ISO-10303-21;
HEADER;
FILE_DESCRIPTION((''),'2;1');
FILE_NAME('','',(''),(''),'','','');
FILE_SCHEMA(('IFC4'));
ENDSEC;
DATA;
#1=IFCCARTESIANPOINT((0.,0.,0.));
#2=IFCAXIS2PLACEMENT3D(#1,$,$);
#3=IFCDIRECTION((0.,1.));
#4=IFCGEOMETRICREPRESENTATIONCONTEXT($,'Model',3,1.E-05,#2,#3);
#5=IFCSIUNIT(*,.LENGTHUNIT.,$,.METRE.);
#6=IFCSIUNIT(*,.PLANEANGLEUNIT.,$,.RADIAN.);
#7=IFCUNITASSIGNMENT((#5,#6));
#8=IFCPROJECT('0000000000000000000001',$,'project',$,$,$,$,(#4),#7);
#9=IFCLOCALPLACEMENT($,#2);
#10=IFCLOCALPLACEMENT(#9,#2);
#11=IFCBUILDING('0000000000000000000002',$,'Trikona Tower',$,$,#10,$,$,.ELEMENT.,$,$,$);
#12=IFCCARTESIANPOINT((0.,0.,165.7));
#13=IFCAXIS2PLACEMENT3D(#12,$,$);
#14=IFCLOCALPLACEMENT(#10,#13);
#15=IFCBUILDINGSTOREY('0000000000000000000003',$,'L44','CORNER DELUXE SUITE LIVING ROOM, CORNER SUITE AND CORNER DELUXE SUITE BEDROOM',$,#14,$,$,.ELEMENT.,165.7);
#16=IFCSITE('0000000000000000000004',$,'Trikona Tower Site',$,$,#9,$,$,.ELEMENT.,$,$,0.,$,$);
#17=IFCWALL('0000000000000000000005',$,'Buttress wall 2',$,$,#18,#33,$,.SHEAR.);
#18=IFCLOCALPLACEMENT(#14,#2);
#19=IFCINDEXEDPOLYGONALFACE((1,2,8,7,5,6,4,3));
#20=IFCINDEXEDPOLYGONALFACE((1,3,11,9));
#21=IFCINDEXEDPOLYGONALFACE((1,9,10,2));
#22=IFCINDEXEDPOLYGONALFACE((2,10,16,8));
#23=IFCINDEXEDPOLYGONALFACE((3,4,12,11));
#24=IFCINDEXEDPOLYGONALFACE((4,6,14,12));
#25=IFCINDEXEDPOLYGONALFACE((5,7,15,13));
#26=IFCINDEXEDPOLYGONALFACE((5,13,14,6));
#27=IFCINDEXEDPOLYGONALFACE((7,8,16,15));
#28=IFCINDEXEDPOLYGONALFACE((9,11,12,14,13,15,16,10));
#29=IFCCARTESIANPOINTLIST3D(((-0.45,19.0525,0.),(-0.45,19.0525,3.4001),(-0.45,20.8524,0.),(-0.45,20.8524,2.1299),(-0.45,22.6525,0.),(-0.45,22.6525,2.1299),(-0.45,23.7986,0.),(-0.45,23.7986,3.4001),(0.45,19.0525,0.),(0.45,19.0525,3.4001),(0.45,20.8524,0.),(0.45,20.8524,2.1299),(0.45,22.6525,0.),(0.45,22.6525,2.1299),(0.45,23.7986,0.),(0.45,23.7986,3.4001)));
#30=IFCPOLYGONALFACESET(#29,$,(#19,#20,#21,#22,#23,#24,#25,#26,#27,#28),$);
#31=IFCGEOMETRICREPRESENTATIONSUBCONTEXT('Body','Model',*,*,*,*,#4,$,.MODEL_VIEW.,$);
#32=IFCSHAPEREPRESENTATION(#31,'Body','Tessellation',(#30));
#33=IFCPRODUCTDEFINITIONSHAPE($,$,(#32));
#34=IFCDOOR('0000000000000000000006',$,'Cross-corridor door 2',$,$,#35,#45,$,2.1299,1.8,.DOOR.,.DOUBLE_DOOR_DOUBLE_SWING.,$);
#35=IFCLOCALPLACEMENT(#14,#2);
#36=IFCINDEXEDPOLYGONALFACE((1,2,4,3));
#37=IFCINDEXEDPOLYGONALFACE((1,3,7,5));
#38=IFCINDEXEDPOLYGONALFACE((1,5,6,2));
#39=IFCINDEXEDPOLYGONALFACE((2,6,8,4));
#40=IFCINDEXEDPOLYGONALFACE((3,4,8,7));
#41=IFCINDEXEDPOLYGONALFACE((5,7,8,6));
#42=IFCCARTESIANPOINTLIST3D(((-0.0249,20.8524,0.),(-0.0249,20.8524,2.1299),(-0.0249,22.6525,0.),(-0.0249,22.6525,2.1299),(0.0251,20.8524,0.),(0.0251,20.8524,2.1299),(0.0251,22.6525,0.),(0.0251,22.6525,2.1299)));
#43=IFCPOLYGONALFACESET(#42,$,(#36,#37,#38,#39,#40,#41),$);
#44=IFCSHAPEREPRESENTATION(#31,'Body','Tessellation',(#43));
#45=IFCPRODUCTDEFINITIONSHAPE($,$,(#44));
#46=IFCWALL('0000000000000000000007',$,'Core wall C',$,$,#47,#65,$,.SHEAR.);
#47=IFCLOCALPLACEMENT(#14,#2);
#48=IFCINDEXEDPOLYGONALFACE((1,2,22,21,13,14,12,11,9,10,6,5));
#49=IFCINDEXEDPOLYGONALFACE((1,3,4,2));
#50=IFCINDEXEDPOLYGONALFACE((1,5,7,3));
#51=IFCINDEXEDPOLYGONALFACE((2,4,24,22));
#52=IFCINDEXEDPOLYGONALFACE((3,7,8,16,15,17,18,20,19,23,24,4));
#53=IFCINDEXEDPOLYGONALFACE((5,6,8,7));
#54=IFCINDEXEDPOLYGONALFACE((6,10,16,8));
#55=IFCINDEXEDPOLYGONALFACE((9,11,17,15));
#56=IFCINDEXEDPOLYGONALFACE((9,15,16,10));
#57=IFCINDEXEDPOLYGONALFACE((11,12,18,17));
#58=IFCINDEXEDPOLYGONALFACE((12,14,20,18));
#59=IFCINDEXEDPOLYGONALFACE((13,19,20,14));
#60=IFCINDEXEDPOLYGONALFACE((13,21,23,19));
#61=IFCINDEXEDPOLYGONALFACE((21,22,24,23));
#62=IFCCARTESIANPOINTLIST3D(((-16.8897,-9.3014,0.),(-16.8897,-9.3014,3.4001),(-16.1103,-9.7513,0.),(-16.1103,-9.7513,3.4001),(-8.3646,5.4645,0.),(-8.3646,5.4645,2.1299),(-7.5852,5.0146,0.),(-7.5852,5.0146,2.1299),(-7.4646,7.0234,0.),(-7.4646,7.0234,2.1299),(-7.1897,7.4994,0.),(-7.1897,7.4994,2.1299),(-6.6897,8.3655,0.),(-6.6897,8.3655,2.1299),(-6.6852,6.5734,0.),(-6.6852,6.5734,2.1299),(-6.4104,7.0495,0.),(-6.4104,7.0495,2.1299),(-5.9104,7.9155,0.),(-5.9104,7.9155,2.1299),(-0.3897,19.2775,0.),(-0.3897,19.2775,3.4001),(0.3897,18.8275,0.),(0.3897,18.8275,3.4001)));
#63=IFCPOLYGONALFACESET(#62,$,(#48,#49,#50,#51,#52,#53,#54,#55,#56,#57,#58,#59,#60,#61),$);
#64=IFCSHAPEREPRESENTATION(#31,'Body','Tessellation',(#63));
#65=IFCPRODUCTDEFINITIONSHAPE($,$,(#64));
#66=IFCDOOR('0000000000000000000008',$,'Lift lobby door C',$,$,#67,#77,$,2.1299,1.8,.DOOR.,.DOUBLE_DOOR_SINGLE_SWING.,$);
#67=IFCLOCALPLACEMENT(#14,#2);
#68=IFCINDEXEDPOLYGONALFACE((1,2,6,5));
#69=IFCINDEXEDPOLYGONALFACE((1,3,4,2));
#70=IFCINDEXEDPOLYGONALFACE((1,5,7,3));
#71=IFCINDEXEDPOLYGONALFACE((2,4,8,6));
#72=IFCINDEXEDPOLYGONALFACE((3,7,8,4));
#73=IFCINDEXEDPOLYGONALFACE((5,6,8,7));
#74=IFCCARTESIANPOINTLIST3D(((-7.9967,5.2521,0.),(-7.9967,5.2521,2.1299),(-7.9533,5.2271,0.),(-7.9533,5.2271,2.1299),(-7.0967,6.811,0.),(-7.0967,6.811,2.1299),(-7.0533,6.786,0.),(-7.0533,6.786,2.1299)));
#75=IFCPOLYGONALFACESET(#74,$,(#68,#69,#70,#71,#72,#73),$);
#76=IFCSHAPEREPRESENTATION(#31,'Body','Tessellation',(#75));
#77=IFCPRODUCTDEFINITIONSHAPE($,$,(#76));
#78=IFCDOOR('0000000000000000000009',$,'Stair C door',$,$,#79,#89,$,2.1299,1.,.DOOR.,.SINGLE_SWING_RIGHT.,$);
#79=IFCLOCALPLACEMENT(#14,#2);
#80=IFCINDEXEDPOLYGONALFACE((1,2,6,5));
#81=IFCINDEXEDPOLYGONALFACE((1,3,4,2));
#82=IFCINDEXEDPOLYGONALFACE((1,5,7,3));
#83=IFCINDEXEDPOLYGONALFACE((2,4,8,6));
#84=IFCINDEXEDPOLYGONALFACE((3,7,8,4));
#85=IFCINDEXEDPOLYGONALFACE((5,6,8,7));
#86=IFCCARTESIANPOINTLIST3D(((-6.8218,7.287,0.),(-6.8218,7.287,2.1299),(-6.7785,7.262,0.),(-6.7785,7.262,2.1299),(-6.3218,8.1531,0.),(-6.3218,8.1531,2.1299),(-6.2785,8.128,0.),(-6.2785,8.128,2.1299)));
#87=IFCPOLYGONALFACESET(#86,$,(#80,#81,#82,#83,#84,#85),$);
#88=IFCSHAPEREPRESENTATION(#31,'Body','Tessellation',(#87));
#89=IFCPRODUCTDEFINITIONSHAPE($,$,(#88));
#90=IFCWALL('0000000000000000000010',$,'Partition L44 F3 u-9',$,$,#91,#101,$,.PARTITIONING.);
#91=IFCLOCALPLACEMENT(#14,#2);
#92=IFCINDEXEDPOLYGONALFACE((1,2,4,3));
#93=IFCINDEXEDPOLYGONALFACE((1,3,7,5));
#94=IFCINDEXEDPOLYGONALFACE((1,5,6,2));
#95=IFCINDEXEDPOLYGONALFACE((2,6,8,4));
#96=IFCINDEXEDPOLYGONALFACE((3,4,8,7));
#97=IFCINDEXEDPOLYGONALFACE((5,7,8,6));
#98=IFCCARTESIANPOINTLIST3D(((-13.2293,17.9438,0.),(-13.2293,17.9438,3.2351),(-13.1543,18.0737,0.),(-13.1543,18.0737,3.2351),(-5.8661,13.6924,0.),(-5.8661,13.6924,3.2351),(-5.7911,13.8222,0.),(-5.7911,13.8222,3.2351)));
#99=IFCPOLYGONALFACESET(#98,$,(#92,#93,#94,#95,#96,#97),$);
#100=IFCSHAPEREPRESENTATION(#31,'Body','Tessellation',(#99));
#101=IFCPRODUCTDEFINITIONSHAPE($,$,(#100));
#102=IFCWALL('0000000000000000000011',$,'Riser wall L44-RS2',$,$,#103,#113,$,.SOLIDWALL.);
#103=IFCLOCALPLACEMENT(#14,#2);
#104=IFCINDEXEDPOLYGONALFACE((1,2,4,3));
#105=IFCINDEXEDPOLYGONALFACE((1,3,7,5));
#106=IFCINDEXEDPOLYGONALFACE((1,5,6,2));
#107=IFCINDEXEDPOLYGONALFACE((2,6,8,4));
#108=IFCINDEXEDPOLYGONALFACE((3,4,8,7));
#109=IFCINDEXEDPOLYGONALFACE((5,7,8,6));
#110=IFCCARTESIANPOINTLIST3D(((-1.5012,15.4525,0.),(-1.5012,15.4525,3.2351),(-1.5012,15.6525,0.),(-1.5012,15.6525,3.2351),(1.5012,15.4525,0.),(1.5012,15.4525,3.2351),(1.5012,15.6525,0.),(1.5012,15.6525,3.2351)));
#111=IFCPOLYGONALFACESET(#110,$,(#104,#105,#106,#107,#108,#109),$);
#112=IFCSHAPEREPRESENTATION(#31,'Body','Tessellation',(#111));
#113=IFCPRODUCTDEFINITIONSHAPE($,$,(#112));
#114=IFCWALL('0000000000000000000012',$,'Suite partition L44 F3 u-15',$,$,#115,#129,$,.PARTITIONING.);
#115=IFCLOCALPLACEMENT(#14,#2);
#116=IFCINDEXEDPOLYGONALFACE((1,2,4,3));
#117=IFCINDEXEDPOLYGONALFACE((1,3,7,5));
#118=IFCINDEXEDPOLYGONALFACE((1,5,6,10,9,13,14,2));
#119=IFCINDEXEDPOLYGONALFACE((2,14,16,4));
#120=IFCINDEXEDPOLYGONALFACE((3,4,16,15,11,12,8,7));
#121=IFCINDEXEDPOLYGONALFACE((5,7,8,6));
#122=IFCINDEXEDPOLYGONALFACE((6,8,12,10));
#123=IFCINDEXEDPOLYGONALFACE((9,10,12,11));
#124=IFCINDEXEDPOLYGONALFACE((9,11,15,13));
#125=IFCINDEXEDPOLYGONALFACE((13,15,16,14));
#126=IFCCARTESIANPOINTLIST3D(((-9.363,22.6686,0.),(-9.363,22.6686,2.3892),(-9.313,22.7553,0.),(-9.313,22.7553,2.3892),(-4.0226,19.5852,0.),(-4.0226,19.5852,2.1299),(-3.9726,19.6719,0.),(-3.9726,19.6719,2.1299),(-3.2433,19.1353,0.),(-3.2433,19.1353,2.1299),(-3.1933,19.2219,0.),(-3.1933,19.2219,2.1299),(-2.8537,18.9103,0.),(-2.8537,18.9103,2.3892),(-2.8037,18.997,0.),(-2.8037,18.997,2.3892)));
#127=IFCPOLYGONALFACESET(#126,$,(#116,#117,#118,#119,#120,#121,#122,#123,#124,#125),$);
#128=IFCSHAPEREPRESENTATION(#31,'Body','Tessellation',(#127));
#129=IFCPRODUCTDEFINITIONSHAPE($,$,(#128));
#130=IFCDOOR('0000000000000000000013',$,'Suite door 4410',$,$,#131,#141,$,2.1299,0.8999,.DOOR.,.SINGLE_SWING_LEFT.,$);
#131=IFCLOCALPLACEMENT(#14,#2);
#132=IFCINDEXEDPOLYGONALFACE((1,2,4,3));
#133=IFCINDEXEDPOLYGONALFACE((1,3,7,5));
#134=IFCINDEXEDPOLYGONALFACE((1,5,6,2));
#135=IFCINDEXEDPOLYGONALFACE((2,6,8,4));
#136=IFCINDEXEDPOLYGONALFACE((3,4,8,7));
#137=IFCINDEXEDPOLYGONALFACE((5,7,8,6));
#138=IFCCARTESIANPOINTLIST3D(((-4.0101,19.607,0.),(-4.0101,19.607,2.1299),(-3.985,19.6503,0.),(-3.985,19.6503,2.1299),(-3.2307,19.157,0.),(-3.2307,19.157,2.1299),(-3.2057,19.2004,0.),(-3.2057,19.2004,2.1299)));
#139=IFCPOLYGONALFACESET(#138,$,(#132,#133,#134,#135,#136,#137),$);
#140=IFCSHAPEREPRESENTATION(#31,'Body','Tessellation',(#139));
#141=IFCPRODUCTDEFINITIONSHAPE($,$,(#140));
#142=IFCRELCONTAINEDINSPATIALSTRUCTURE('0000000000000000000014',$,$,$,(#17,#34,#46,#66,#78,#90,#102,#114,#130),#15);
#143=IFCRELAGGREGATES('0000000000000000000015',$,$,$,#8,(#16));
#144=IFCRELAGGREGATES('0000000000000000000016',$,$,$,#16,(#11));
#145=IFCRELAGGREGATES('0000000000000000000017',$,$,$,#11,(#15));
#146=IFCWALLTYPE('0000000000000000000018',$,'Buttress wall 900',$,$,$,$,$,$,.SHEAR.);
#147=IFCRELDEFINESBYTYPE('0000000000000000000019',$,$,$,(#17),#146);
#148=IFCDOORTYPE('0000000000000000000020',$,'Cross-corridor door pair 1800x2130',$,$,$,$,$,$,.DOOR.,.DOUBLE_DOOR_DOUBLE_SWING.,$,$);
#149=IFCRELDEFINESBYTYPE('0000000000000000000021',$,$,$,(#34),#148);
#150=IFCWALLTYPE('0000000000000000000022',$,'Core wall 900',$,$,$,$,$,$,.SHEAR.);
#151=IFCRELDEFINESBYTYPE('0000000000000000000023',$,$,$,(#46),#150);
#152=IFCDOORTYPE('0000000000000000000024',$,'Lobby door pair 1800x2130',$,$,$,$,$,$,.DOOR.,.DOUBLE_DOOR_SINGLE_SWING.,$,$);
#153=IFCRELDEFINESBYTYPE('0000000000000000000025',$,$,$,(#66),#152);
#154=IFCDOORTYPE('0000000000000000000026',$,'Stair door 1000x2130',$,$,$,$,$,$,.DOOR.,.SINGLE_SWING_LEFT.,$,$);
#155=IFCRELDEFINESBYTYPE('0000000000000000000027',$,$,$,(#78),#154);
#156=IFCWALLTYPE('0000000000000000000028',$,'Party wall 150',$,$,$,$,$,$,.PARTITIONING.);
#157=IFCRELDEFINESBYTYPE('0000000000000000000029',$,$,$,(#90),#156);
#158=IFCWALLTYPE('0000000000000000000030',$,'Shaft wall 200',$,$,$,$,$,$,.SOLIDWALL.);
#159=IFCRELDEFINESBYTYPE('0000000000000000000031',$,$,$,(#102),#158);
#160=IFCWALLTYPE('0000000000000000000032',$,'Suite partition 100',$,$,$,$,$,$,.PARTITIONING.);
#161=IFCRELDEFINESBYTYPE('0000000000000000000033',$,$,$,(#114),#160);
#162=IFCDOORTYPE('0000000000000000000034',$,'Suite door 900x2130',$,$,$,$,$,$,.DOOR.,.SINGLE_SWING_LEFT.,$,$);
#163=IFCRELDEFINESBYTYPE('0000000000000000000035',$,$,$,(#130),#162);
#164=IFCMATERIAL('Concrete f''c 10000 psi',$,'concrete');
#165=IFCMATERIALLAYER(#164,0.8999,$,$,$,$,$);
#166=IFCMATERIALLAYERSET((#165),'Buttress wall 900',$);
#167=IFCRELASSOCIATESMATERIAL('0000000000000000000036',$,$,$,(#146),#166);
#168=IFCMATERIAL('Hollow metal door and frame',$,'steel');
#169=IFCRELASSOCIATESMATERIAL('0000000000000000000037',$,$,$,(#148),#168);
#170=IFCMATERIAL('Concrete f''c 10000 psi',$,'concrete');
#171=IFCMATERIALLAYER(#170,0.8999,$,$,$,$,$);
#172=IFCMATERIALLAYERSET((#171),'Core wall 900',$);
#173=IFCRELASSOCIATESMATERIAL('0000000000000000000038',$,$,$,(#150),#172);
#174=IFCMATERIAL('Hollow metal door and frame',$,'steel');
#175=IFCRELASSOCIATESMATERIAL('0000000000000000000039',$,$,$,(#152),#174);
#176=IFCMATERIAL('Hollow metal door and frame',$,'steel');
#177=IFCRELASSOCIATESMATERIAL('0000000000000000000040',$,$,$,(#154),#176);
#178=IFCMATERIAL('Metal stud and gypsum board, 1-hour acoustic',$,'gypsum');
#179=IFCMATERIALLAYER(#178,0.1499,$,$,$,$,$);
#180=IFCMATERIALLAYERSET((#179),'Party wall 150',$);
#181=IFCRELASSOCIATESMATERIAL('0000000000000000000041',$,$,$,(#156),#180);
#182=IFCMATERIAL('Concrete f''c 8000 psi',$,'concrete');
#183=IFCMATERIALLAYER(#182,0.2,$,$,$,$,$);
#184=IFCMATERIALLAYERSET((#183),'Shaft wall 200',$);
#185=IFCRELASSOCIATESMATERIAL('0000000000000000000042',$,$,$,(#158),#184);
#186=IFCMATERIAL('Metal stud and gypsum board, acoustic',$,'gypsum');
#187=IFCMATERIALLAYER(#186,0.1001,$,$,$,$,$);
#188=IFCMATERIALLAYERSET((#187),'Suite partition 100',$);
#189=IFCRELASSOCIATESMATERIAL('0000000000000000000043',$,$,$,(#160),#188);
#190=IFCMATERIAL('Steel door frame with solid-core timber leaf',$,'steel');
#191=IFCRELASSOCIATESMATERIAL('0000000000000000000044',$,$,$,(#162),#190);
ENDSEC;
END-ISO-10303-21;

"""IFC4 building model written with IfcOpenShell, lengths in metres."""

from ifc_helpers import new_model, si_unit, direction, frame, frame_2d, origin, place, context, subcontext, project, spatial, rectangle, extrude, material, layer, layer_set, type_object, element, fill, save


model = new_model("IFC4")

# Units and contexts
model_context = context("Model", 3, precision=1e-05, world=origin(), true_north=direction((0.0, 1.0)))
body_context = subcontext(model_context, "Body", "Model", "MODEL_VIEW")
ifc_project = project(units=[si_unit("LENGTHUNIT", "METRE"), si_unit("PLANEANGLEUNIT", "RADIAN")], contexts=[model_context])

# Site, building, storey
site_placement = place(None, origin())
site = spatial("IfcSite", under=ifc_project, at=site_placement, Name="Trikona Tower Site", CompositionType="ELEMENT", RefElevation=0.0)
building_placement = place(site_placement, origin())
building = spatial("IfcBuilding", under=site, at=building_placement, Name="Trikona Tower", CompositionType="ELEMENT")
storey_placement = place(building_placement, frame((0.0, 0.0, 165.7)))
storey = spatial("IfcBuildingStorey", under=building, at=storey_placement, Name="L44", Description="CORNER DELUXE SUITE LIVING ROOM, CORNER SUITE AND CORNER DELUXE SUITE BEDROOM", CompositionType="ELEMENT", Elevation=165.7)

# Wall, opening, door
ifc_material_1 = material(Name="Concrete f'c 10000 psi", Category="concrete")
ifc_layer_1 = layer(ifc_material_1, 0.8999)
ifc_layer_set_1 = layer_set([ifc_layer_1], Name="Buttress wall 900")
wall_type_1 = type_object("IfcWallType", Name="Buttress wall 900", PredefinedType="SHEAR", material=ifc_layer_set_1)
wall_1_placement = place(storey_placement, frame((0.0, 19.0525, 0.0), z_axis=(0.0, 0.0, 1.0), x_axis=(0.0, 1.0, 0.0)))
wall_1 = element("IfcWall", 1, at=wall_1_placement, inside=storey, type_object=wall_type_1, Name="Buttress wall 2", PredefinedType="SHEAR", context=body_context, shape_type="SweptSolid", body=[
    extrude(rectangle(XDim=4.7461, YDim=0.8999, at=frame_2d((2.373, 0.0))), origin(), (0.0, 0.0, 1.0), 3.4001),
])
opening_1_placement = place(wall_1_placement, frame((1.8, 0.0, 0.0)))
opening_1 = element("IfcOpeningElement", 2, at=opening_1_placement, cuts=wall_1, PredefinedType="OPENING", context=body_context, shape_type="SweptSolid", body=[
    extrude(rectangle(XDim=1.8, YDim=2.1299, at=frame_2d((0.8999, 1.0649))), frame((0.0, 0.46, 0.0), z_axis=(0.0, -1.0, 0.0), x_axis=(1.0, 0.0, 0.0)), (0.0, 0.0, 1.0), 0.9199),
])
ifc_material_2 = material(Name="Hollow metal door and frame", Category="steel")
door_type_1 = type_object("IfcDoorType", Name="Cross-corridor door pair 1800x2130", OperationType="DOUBLE_DOOR_DOUBLE_SWING", PredefinedType="DOOR", material=ifc_material_2)
door_1_placement = place(opening_1_placement, origin())
door_1 = element("IfcDoor", 3, at=door_1_placement, inside=storey, type_object=door_type_1, Name="Cross-corridor door 2", OperationType="DOUBLE_DOOR_DOUBLE_SWING", OverallHeight=2.1299, OverallWidth=1.8, PredefinedType="DOOR", context=body_context, shape_type="SweptSolid", body=[
    extrude(rectangle(XDim=1.8, YDim=2.1299, at=frame_2d((0.8999, 1.0649))), frame((0.0, 0.0249, 0.0), z_axis=(0.0, -1.0, 0.0), x_axis=(1.0, 0.0, 0.0)), (0.0, 0.0, 1.0), 0.05),
])
fill(opening_1, door_1)

# Wall, openings, doors
ifc_material_3 = material(Name="Concrete f'c 10000 psi", Category="concrete")
ifc_layer_2 = layer(ifc_material_3, 0.8999)
ifc_layer_set_2 = layer_set([ifc_layer_2], Name="Core wall 900")
wall_type_2 = type_object("IfcWallType", Name="Core wall 900", PredefinedType="SHEAR", material=ifc_layer_set_2)
wall_2_placement = place(storey_placement, frame((0.0, 19.0525, 0.0), z_axis=(0.0, 0.0, 1.0), x_axis=(-0.5, -0.866026, 0.0)))
wall_2 = element("IfcWall", 4, at=wall_2_placement, inside=storey, type_object=wall_type_2, Name="Core wall C", PredefinedType="SHEAR", context=body_context, shape_type="SweptSolid", body=[
    extrude(rectangle(XDim=33.0, YDim=0.8999, at=frame_2d((16.5, 0.0))), origin(), (0.0, 0.0, 1.0), 3.4001),
])
opening_2_placement = place(wall_2_placement, frame((14.1499, 0.0, 0.0)))
opening_2 = element("IfcOpeningElement", 5, at=opening_2_placement, cuts=wall_2, PredefinedType="OPENING", context=body_context, shape_type="SweptSolid", body=[
    extrude(rectangle(XDim=1.8, YDim=2.1299, at=frame_2d((0.8999, 1.0649))), frame((0.0, 0.46, 0.0), z_axis=(0.0, -1.0, 0.0), x_axis=(1.0, 0.0, 0.0)), (0.0, 0.0, 1.0), 0.9199),
])
opening_3_placement = place(wall_2_placement, frame((12.6001, 0.0, 0.0)))
opening_3 = element("IfcOpeningElement", 6, at=opening_3_placement, cuts=wall_2, PredefinedType="OPENING", context=body_context, shape_type="SweptSolid", body=[
    extrude(rectangle(XDim=1.0, YDim=2.1299, at=frame_2d((0.5, 1.0649))), frame((0.0, 0.46, 0.0), z_axis=(0.0, -1.0, 0.0), x_axis=(1.0, 0.0, 0.0)), (0.0, 0.0, 1.0), 0.9199),
])
ifc_material_4 = material(Name="Hollow metal door and frame", Category="steel")
door_type_2 = type_object("IfcDoorType", Name="Lobby door pair 1800x2130", OperationType="DOUBLE_DOOR_SINGLE_SWING", PredefinedType="DOOR", material=ifc_material_4)
door_2_placement = place(opening_2_placement, origin())
door_2 = element("IfcDoor", 7, at=door_2_placement, inside=storey, type_object=door_type_2, Name="Lift lobby door C", OperationType="DOUBLE_DOOR_SINGLE_SWING", OverallHeight=2.1299, OverallWidth=1.8, PredefinedType="DOOR", context=body_context, shape_type="SweptSolid", body=[
    extrude(rectangle(XDim=1.8, YDim=2.1299, at=frame_2d((0.8999, 1.0649))), frame((0.0, 0.0249, 0.0), z_axis=(0.0, -1.0, 0.0), x_axis=(1.0, 0.0, 0.0)), (0.0, 0.0, 1.0), 0.05),
])
fill(opening_2, door_2)
ifc_material_5 = material(Name="Hollow metal door and frame", Category="steel")
door_type_3 = type_object("IfcDoorType", Name="Stair door 1000x2130", OperationType="SINGLE_SWING_LEFT", PredefinedType="DOOR", material=ifc_material_5)
door_3_placement = place(opening_3_placement, origin())
door_3 = element("IfcDoor", 8, at=door_3_placement, inside=storey, type_object=door_type_3, Name="Stair C door", OperationType="SINGLE_SWING_RIGHT", OverallHeight=2.1299, OverallWidth=1.0, PredefinedType="DOOR", context=body_context, shape_type="SweptSolid", body=[
    extrude(rectangle(XDim=1.0, YDim=2.1299, at=frame_2d((0.5, 1.0649))), frame((0.0, 0.0249, 0.0), z_axis=(0.0, -1.0, 0.0), x_axis=(1.0, 0.0, 0.0)), (0.0, 0.0, 1.0), 0.05),
])
fill(opening_3, door_3)

# Walls
ifc_material_6 = material(Name="Metal stud and gypsum board, 1-hour acoustic", Category="gypsum")
ifc_layer_3 = layer(ifc_material_6, 0.1499)
ifc_layer_set_3 = layer_set([ifc_layer_3], Name="Party wall 150")
wall_type_3 = type_object("IfcWallType", Name="Party wall 150", PredefinedType="PARTITIONING", material=ifc_layer_set_3)
wall_3_placement = place(storey_placement, frame((-5.8286, 13.7573, 0.0), z_axis=(0.0, 0.0, 1.0), x_axis=(-0.866012, 0.500024, 0.0)))
element("IfcWall", 9, at=wall_3_placement, inside=storey, type_object=wall_type_3, Name="Partition L44 F3 u-9", PredefinedType="PARTITIONING", context=body_context, shape_type="SweptSolid", body=[
    extrude(rectangle(XDim=8.5024, YDim=0.1499, at=frame_2d((4.2512, 0.0))), origin(), (0.0, 0.0, 1.0), 3.2351),
])
ifc_material_7 = material(Name="Concrete f'c 8000 psi", Category="concrete")
ifc_layer_4 = layer(ifc_material_7, 0.2)
ifc_layer_set_4 = layer_set([ifc_layer_4], Name="Shaft wall 200")
wall_type_4 = type_object("IfcWallType", Name="Shaft wall 200", PredefinedType="SOLIDWALL", material=ifc_layer_set_4)
wall_4_placement = place(storey_placement, frame((-1.5012, 15.5525, 0.0), z_axis=(0.0, 0.0, 1.0), x_axis=(1.0, 0.0, 0.0)))
element("IfcWall", 10, at=wall_4_placement, inside=storey, type_object=wall_type_4, Name="Riser wall L44-RS2", PredefinedType="SOLIDWALL", context=body_context, shape_type="SweptSolid", body=[
    extrude(rectangle(XDim=3.0024, YDim=0.2, at=frame_2d((1.5012, 0.0))), origin(), (0.0, 0.0, 1.0), 3.2351),
])

# Wall, opening, door
ifc_material_8 = material(Name="Metal stud and gypsum board, acoustic", Category="gypsum")
ifc_layer_5 = layer(ifc_material_8, 0.1001)
ifc_layer_set_5 = layer_set([ifc_layer_5], Name="Suite partition 100")
wall_type_5 = type_object("IfcWallType", Name="Suite partition 100", PredefinedType="PARTITIONING", material=ifc_layer_set_5)
wall_5_placement = place(storey_placement, frame((-2.8286, 18.9536, 0.0), z_axis=(0.0, 0.0, 1.0), x_axis=(-0.866016, 0.500017, 0.0)))
wall_5 = element("IfcWall", 11, at=wall_5_placement, inside=storey, type_object=wall_type_5, Name="Suite partition L44 F3 u-15", PredefinedType="PARTITIONING", context=body_context, shape_type="SweptSolid", body=[
    extrude(rectangle(XDim=7.5164, YDim=0.1001, at=frame_2d((3.7583, 0.0))), origin(), (0.0, 0.0, 1.0), 2.3892),
])
opening_4_placement = place(wall_5_placement, frame((0.45, 0.0, 0.0)))
opening_4 = element("IfcOpeningElement", 12, at=opening_4_placement, cuts=wall_5, PredefinedType="OPENING", context=body_context, shape_type="SweptSolid", body=[
    extrude(rectangle(XDim=0.8999, YDim=2.1299, at=frame_2d((0.45, 1.0649))), frame((0.0, 0.0601, 0.0), z_axis=(0.0, -1.0, 0.0), x_axis=(1.0, 0.0, 0.0)), (0.0, 0.0, 1.0), 0.1201),
])
ifc_material_9 = material(Name="Steel door frame with solid-core timber leaf", Category="steel")
door_type_4 = type_object("IfcDoorType", Name="Suite door 900x2130", OperationType="SINGLE_SWING_LEFT", PredefinedType="DOOR", material=ifc_material_9)
door_4_placement = place(opening_4_placement, origin())
door_4 = element("IfcDoor", 13, at=door_4_placement, inside=storey, type_object=door_type_4, Name="Suite door 4410", OperationType="SINGLE_SWING_LEFT", OverallHeight=2.1299, OverallWidth=0.8999, PredefinedType="DOOR", context=body_context, shape_type="SweptSolid", body=[
    extrude(rectangle(XDim=0.8999, YDim=2.1299, at=frame_2d((0.45, 1.0649))), frame((0.0, 0.0249, 0.0), z_axis=(0.0, -1.0, 0.0), x_axis=(1.0, 0.0, 0.0)), (0.0, 0.0, 1.0), 0.05),
])
fill(opening_4, door_4)

save(model, "model.ifc")
